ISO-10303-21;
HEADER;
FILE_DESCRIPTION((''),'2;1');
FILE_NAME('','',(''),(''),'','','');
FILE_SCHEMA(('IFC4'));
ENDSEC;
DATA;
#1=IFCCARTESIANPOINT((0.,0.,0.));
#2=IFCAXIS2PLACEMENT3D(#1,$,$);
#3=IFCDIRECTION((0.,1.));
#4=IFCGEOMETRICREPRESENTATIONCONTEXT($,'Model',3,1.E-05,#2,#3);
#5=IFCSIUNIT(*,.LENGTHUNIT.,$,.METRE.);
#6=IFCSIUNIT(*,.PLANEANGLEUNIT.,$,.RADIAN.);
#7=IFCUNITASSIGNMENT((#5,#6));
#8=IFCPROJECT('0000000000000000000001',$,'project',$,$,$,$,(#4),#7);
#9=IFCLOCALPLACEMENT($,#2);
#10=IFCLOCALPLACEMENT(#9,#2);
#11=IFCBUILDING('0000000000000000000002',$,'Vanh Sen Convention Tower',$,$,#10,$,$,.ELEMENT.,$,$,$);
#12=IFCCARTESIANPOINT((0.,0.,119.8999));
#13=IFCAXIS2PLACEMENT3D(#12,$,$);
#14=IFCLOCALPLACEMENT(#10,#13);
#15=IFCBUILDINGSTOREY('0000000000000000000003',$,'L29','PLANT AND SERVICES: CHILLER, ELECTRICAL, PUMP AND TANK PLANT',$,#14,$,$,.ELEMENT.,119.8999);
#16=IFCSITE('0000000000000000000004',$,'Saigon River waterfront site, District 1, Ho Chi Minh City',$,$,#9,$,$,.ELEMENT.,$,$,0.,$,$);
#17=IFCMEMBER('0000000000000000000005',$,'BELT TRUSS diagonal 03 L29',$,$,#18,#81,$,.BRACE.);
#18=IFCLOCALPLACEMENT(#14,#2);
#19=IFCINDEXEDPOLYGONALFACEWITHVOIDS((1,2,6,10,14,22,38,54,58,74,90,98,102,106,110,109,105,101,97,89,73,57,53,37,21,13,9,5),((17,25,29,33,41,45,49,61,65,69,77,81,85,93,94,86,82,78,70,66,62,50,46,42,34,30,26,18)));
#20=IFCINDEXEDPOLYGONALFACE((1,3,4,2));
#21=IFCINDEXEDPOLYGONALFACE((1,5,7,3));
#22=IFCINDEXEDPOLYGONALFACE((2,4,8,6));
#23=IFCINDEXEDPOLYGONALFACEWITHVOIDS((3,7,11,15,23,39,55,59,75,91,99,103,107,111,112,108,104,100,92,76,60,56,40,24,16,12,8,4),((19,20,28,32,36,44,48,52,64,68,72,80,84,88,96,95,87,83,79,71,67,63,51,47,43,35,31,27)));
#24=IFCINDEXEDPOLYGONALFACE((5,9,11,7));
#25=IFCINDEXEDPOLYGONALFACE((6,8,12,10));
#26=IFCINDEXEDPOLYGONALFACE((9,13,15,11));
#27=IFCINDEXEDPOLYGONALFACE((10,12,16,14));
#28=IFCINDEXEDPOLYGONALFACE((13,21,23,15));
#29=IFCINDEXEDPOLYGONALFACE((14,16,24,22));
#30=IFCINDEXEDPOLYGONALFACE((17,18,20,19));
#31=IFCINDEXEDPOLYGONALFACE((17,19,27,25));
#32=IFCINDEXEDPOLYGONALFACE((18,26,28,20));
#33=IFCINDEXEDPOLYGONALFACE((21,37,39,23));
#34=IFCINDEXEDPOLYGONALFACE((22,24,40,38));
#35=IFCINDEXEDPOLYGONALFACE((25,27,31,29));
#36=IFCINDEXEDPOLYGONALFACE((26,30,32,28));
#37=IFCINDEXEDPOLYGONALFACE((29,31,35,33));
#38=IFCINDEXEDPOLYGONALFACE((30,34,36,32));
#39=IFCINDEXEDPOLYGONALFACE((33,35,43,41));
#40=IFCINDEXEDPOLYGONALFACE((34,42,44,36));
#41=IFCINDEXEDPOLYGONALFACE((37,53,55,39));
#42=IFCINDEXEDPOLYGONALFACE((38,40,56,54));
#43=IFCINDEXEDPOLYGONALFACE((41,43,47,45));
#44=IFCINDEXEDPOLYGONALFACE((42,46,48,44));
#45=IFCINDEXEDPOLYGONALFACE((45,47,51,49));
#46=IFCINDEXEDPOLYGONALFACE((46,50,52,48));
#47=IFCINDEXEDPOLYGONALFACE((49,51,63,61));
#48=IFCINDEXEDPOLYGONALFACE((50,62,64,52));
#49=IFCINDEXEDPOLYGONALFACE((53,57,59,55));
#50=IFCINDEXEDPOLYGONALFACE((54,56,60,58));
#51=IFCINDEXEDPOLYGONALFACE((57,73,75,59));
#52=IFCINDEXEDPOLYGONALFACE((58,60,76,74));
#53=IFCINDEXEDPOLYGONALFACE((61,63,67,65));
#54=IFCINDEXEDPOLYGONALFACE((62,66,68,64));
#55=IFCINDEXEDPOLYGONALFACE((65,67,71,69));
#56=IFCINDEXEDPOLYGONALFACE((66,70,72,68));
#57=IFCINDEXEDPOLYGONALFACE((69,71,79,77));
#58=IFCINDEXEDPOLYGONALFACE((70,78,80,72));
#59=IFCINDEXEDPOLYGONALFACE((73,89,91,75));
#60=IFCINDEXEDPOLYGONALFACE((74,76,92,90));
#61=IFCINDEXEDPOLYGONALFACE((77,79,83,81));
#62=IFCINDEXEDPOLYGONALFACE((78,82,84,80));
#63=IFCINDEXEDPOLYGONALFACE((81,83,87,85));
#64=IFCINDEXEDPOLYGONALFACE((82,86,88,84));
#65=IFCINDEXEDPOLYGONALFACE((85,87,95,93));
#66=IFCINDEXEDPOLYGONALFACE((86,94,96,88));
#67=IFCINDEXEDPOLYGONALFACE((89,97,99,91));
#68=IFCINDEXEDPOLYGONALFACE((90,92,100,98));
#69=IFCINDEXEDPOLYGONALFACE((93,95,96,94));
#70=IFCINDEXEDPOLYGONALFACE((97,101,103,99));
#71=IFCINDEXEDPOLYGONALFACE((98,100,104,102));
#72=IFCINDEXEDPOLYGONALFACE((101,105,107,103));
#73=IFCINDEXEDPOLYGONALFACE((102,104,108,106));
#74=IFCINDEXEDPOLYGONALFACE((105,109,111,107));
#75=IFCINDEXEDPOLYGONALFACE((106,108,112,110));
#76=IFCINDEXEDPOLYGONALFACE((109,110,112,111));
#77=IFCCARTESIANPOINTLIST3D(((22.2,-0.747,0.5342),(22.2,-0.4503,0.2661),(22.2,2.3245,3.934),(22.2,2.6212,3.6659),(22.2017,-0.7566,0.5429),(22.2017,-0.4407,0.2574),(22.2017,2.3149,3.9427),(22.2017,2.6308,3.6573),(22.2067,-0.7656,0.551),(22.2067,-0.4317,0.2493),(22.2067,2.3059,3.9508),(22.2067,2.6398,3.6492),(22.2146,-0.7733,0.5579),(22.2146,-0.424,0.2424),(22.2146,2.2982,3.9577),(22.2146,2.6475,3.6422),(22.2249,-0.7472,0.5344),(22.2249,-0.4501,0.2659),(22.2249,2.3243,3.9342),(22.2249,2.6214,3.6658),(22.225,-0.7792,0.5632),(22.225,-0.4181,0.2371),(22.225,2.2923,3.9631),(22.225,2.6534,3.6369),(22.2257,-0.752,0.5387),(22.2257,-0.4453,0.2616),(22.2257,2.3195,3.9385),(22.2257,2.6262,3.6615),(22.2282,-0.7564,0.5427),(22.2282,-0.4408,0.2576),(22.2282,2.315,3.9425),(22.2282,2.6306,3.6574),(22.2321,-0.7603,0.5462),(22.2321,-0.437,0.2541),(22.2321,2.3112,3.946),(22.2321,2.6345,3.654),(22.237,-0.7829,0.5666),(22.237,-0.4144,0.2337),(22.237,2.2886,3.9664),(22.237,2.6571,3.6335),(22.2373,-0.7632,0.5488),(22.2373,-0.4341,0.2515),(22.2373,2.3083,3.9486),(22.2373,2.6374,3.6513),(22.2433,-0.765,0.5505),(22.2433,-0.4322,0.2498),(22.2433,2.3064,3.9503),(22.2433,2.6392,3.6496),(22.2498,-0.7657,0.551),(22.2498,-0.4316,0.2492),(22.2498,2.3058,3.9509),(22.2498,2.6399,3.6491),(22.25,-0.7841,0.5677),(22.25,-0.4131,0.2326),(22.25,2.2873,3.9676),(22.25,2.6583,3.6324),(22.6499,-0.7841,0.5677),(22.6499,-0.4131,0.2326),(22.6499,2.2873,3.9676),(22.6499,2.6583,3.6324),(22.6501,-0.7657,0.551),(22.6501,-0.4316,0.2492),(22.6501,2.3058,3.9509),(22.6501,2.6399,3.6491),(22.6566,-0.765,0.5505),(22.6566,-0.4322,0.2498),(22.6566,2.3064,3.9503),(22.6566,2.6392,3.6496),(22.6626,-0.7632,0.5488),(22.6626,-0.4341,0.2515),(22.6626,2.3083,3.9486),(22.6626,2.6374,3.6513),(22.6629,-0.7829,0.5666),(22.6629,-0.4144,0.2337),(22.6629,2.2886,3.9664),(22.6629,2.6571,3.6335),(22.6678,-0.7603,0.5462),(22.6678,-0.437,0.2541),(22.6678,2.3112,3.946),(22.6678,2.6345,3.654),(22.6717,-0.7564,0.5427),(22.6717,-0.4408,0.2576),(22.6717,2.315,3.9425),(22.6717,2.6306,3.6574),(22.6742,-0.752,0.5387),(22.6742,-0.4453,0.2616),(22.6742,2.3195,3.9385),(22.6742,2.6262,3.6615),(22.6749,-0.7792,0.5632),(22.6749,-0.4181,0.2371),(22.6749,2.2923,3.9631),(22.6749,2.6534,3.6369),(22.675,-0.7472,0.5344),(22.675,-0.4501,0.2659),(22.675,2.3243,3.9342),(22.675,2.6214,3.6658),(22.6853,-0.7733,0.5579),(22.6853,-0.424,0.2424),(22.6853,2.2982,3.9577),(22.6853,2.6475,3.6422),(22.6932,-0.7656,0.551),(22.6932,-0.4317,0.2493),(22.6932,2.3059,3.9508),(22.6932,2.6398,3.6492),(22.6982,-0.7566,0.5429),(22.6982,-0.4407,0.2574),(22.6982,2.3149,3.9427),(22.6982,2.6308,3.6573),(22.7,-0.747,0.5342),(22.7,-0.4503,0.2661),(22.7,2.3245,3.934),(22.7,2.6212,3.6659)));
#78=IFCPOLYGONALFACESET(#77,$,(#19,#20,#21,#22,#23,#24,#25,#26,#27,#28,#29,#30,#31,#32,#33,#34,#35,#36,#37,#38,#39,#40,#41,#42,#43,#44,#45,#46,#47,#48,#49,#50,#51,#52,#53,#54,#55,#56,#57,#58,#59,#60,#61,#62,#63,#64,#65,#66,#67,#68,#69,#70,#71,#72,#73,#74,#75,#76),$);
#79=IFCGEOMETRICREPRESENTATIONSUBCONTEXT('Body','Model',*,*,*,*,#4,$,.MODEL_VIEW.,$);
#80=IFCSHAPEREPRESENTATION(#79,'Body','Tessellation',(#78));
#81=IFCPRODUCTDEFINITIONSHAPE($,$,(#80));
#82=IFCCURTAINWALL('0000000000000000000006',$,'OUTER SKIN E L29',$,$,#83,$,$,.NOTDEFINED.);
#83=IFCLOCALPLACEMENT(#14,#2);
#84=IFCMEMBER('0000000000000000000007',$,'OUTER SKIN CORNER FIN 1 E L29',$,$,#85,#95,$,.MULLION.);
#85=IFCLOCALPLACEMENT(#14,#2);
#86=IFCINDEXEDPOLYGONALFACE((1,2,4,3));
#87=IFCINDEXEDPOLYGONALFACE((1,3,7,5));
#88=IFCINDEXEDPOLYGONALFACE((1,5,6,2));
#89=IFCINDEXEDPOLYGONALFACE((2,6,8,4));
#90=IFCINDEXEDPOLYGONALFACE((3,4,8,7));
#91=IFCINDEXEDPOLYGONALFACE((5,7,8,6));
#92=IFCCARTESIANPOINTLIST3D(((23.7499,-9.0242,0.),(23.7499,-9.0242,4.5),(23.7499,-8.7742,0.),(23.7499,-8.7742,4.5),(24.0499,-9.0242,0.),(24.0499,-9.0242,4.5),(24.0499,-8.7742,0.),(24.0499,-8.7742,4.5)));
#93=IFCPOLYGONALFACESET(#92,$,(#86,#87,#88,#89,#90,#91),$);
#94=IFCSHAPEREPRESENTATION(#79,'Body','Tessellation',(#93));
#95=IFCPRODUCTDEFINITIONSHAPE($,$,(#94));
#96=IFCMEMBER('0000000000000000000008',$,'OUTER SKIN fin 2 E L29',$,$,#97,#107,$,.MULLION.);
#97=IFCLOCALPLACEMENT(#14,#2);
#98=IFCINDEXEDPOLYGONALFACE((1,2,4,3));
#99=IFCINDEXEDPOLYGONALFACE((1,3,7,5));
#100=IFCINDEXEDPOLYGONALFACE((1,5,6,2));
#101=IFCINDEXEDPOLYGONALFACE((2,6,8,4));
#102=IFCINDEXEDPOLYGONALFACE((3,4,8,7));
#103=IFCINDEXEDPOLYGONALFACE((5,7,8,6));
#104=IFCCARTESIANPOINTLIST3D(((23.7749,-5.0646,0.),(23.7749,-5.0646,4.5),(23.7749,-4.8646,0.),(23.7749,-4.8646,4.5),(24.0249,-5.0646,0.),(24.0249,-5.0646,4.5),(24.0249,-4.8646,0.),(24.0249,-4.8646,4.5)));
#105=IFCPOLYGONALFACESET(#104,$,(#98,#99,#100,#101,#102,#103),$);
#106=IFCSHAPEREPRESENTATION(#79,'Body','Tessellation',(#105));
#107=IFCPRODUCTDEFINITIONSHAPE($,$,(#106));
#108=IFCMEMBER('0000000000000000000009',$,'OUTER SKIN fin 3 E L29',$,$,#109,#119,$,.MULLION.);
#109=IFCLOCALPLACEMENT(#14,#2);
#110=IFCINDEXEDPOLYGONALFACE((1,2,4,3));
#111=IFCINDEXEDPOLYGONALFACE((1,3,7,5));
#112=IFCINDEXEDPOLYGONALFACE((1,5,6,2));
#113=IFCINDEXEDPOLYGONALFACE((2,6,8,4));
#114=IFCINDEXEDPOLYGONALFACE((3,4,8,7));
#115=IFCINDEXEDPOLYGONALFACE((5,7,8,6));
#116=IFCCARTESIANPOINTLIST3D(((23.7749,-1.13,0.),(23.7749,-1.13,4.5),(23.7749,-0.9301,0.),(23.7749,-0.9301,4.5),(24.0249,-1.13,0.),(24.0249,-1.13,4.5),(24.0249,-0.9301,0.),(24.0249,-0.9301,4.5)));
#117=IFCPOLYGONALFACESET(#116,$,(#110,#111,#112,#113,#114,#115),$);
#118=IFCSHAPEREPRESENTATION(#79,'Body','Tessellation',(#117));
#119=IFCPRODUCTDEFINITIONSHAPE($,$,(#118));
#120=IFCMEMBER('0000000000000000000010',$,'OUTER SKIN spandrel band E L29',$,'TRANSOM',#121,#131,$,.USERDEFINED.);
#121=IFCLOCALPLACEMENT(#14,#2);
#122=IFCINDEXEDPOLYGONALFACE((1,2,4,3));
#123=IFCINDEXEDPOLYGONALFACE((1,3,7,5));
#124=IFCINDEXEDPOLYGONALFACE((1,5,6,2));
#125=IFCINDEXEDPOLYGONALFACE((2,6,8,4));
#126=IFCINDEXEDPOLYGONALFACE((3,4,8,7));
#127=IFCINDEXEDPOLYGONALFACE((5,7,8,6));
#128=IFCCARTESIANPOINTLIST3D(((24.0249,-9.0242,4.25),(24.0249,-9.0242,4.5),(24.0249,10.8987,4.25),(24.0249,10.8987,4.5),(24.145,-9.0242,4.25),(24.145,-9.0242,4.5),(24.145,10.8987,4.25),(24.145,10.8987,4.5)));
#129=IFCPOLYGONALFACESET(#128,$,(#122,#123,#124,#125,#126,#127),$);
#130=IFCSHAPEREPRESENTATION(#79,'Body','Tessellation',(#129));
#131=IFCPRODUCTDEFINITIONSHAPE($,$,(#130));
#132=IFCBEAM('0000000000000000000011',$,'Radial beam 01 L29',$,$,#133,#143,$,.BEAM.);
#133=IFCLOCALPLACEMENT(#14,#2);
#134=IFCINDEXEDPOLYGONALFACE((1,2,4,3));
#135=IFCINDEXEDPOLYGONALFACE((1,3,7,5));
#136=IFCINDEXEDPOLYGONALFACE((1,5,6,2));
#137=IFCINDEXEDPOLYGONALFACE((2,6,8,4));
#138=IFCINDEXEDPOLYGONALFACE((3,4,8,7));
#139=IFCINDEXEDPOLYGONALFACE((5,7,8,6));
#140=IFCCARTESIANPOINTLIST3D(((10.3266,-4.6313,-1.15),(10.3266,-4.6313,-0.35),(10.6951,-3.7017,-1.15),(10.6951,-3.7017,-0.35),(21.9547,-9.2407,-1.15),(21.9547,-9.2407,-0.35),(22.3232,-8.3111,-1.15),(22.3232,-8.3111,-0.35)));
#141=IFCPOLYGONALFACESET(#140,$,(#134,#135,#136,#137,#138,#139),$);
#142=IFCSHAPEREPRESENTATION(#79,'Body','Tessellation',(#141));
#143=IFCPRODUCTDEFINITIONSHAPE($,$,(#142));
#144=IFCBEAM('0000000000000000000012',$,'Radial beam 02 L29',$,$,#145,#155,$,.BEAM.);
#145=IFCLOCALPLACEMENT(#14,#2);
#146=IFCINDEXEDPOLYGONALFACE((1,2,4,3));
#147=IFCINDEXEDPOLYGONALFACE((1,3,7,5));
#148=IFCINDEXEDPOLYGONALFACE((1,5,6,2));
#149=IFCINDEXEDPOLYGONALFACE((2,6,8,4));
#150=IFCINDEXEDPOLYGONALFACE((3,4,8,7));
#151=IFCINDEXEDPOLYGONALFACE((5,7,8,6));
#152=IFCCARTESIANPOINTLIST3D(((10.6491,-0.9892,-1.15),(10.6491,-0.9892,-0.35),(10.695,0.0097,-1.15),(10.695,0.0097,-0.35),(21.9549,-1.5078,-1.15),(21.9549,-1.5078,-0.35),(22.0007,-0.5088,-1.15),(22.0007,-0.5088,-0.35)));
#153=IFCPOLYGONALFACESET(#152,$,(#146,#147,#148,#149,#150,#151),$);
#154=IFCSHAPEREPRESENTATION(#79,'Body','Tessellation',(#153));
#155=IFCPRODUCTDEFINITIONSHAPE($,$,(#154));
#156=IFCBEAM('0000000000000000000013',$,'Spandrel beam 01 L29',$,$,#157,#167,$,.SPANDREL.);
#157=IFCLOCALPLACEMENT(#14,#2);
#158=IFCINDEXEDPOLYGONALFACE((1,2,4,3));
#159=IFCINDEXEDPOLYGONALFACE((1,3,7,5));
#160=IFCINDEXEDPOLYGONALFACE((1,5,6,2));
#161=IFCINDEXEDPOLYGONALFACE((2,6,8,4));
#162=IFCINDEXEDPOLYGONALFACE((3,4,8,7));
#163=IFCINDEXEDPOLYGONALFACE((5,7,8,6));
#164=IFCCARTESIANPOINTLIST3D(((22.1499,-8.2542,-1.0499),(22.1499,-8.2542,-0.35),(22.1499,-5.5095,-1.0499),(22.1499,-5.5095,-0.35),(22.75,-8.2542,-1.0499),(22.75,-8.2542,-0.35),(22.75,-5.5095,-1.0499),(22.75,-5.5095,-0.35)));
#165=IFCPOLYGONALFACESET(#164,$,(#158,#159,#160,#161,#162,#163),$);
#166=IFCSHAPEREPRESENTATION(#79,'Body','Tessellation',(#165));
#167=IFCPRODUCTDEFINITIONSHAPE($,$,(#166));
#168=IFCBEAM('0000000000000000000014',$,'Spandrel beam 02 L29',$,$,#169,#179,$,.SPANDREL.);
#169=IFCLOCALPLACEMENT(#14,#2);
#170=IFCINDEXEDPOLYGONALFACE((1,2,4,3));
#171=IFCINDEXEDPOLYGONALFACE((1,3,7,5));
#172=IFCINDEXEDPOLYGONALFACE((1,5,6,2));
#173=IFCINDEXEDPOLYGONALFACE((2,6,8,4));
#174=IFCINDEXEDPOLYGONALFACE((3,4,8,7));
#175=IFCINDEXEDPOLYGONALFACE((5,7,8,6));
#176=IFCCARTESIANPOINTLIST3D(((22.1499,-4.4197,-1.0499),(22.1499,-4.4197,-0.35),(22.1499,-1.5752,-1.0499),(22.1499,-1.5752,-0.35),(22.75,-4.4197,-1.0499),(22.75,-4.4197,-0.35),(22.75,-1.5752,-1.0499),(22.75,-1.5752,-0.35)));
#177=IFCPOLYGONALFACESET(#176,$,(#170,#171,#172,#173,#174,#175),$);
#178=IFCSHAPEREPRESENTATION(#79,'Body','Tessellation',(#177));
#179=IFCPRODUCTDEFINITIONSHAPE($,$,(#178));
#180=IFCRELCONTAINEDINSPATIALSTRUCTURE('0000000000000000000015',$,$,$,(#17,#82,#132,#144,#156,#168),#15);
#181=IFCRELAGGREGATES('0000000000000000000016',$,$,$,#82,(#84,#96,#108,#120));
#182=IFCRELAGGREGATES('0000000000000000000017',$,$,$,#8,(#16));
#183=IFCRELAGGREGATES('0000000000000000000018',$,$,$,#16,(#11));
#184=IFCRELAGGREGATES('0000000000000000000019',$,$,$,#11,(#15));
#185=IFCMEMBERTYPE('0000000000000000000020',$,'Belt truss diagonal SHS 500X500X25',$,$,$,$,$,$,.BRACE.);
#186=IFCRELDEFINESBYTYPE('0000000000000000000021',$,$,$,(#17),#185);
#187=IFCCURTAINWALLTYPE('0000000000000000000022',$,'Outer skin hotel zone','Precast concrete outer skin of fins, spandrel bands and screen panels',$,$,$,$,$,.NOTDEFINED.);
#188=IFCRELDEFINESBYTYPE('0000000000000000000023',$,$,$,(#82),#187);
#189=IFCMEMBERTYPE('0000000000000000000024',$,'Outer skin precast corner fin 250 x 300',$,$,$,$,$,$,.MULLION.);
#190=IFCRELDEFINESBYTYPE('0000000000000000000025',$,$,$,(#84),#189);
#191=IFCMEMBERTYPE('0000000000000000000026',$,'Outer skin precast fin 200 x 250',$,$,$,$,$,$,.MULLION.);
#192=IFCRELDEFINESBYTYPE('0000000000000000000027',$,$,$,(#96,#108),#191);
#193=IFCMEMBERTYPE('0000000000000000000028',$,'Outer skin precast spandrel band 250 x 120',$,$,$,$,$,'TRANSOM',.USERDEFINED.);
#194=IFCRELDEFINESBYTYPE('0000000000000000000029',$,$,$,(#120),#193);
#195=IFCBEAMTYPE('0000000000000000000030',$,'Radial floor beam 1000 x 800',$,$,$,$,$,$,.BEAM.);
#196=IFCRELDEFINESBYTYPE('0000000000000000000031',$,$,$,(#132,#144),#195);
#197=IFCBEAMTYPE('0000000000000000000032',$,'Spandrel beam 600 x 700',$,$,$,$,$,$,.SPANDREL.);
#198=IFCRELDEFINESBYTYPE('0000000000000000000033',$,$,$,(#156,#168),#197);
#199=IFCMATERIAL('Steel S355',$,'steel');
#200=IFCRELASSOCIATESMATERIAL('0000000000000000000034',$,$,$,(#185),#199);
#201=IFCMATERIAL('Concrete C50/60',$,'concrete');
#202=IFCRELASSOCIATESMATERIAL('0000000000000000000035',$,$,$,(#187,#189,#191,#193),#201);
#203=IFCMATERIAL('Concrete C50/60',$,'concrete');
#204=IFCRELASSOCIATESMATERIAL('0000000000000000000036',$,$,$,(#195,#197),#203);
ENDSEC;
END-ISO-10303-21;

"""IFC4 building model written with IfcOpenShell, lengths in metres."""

from ifc_helpers import new_model, si_unit, direction, frame, origin, origin_2d, place, context, subcontext, project, spatial, rectangle, hollow_rectangle, extrude, material, material_profile, profile_set, type_object, element, aggregate, save


model = new_model("IFC4")

# Units and contexts
model_context = context("Model", 3, precision=1e-05, world=origin(), true_north=direction((0.0, 1.0)))
body_context = subcontext(model_context, "Body", "Model", "MODEL_VIEW")
ifc_project = project(units=[si_unit("LENGTHUNIT", "METRE"), si_unit("PLANEANGLEUNIT", "RADIAN")], contexts=[model_context])

# Site, building, storey
site_placement = place(None, origin())
site = spatial("IfcSite", under=ifc_project, at=site_placement, Name="Saigon River waterfront site, District 1, Ho Chi Minh City", CompositionType="ELEMENT", RefElevation=0.0)
building_placement = place(site_placement, origin())
building = spatial("IfcBuilding", under=site, at=building_placement, Name="Vanh Sen Convention Tower", CompositionType="ELEMENT")
storey_placement = place(building_placement, frame((0.0, 0.0, 119.8999)))
storey = spatial("IfcBuildingStorey", under=building, at=storey_placement, Name="L29", Description="PLANT AND SERVICES: CHILLER, ELECTRICAL, PUMP AND TANK PLANT", CompositionType="ELEMENT", Elevation=119.8999)

# Member
ifc_material_1 = material(Name="Steel S355", Category="steel")
ifc_material_profile_1 = material_profile(ifc_material_1, hollow_rectangle(XDim=0.5, YDim=0.5, WallThickness=0.0249, InnerFilletRadius=0.0249, OuterFilletRadius=0.05, at=origin_2d()), Name="SHS 500X500X25")
ifc_profile_set_1 = profile_set([ifc_material_profile_1], Name="Steel S355")
member_type_1 = type_object("IfcMemberType", Name="Belt truss diagonal SHS 500X500X25", PredefinedType="BRACE", material=ifc_profile_set_1)
for number, where, z_axis, x_axis, name in (
    (1, (22.45, -0.5986, 0.4001), (0.0, 0.670365, 0.742032), (-1.0, 0.0, 0.0), "BELT TRUSS diagonal 03 L29"),
):
    element("IfcMember", number, at=place(storey_placement, frame(where, z_axis=z_axis, x_axis=x_axis)), inside=storey, type_object=member_type_1, Name=name, PredefinedType="BRACE", context=body_context, shape_type="SweptSolid", body=[
        extrude(hollow_rectangle(XDim=0.5, YDim=0.5, WallThickness=0.0249, InnerFilletRadius=0.0249, OuterFilletRadius=0.05, at=origin_2d()), origin(), (0.0, 0.0, 1.0), 4.5818),
    ])

# Curtain wall, members
ifc_material_2 = material(Name="Concrete C50/60", Category="concrete")
curtain_wall_type = type_object("IfcCurtainWallType", Name="Outer skin hotel zone", Description="Precast concrete outer skin of fins, spandrel bands and screen panels", PredefinedType="NOTDEFINED", material=ifc_material_2)
curtain_wall_1_placement = place(storey_placement, origin())
curtain_wall_1 = element("IfcCurtainWall", 2, at=curtain_wall_1_placement, inside=storey, type_object=curtain_wall_type, Name="OUTER SKIN E L29", PredefinedType="NOTDEFINED")
ifc_material_profile_2 = material_profile(ifc_material_2, rectangle(XDim=0.25, YDim=0.3, at=origin_2d()), Name="Outer skin precast corner fin 250 x 300")
ifc_profile_set_2 = profile_set([ifc_material_profile_2], Name="Concrete C50/60")
member_type_2 = type_object("IfcMemberType", Name="Outer skin precast corner fin 250 x 300", PredefinedType="MULLION", material=ifc_profile_set_2)
member_1_placement = place(storey_placement, frame((23.8999, -8.8992, 0.0), z_axis=(0.0, 0.0, 1.0), x_axis=(0.0, 1.0, 0.0)))
member_1 = element("IfcMember", 3, at=member_1_placement, type_object=member_type_2, Name="OUTER SKIN CORNER FIN 1 E L29", PredefinedType="MULLION", context=body_context, shape_type="SweptSolid", body=[
    extrude(rectangle(XDim=0.25, YDim=0.3, at=origin_2d()), origin(), (0.0, 0.0, 1.0), 4.5),
])
ifc_material_profile_3 = material_profile(ifc_material_2, rectangle(XDim=0.2, YDim=0.25, at=origin_2d()), Name="Outer skin precast fin 200 x 250")
ifc_profile_set_3 = profile_set([ifc_material_profile_3], Name="Concrete C50/60")
member_type_3 = type_object("IfcMemberType", Name="Outer skin precast fin 200 x 250", PredefinedType="MULLION", material=ifc_profile_set_3)
member_2_placement = place(storey_placement, frame((23.8999, -4.9646, 0.0), z_axis=(0.0, 0.0, 1.0), x_axis=(0.0, 1.0, 0.0)))
member_2 = element("IfcMember", 4, at=member_2_placement, type_object=member_type_3, Name="OUTER SKIN fin 2 E L29", PredefinedType="MULLION", context=body_context, shape_type="SweptSolid", body=[
    extrude(rectangle(XDim=0.2, YDim=0.25, at=origin_2d()), origin(), (0.0, 0.0, 1.0), 4.5),
])
member_3_placement = place(storey_placement, frame((23.8999, -1.03, 0.0), z_axis=(0.0, 0.0, 1.0), x_axis=(0.0, 1.0, 0.0)))
member_3 = element("IfcMember", 5, at=member_3_placement, type_object=member_type_3, Name="OUTER SKIN fin 3 E L29", PredefinedType="MULLION", context=body_context, shape_type="SweptSolid", body=[
    extrude(rectangle(XDim=0.2, YDim=0.25, at=origin_2d()), origin(), (0.0, 0.0, 1.0), 4.5),
])
ifc_material_profile_4 = material_profile(ifc_material_2, rectangle(XDim=0.1201, YDim=0.25, at=origin_2d()), Name="Outer skin precast spandrel band 250 x 120")
ifc_profile_set_4 = profile_set([ifc_material_profile_4], Name="Concrete C50/60")
member_type_4 = type_object("IfcMemberType", Name="Outer skin precast spandrel band 250 x 120", ElementType="TRANSOM", PredefinedType="USERDEFINED", material=ifc_profile_set_4)
member_4_placement = place(storey_placement, frame((24.085, -9.0242, 4.375), z_axis=(0.0, 1.0, 0.0), x_axis=(-1.0, 0.0, 0.0)))
member_4 = element("IfcMember", 6, at=member_4_placement, type_object=member_type_4, Name="OUTER SKIN spandrel band E L29", ObjectType="TRANSOM", PredefinedType="USERDEFINED", context=body_context, shape_type="SweptSolid", body=[
    extrude(rectangle(XDim=0.1201, YDim=0.25, at=origin_2d()), origin(), (0.0, 0.0, 1.0), 19.9229),
])

# Beams
ifc_material_3 = material(Name="Concrete C50/60", Category="concrete")
ifc_material_profile_5 = material_profile(ifc_material_3, rectangle(XDim=1.0, YDim=0.8, at=origin_2d()), Name="RC 1000X800")
ifc_profile_set_5 = profile_set([ifc_material_profile_5], Name="Concrete C50/60")
beam_type_1 = type_object("IfcBeamType", Name="Radial floor beam 1000 x 800", PredefinedType="BEAM", material=ifc_profile_set_5)
beam_1_placement = place(storey_placement, frame((22.1389, -8.7759, -0.75), z_axis=(-0.929624, 0.368508, 0.0), x_axis=(-0.368508, -0.929624, 0.0)))
element("IfcBeam", 7, at=beam_1_placement, inside=storey, type_object=beam_type_1, Name="Radial beam 01 L29", PredefinedType="BEAM", context=body_context, shape_type="SweptSolid", body=[
    extrude(rectangle(XDim=1.0, YDim=0.8, at=origin_2d()), origin(), (0.0, 0.0, 1.0), 12.5083),
])
beam_2_placement = place(storey_placement, frame((21.9778, -1.0083, -0.75), z_axis=(-0.99895, 0.045819, 0.0), x_axis=(-0.045819, -0.99895, 0.0)))
element("IfcBeam", 8, at=beam_2_placement, inside=storey, type_object=beam_type_1, Name="Radial beam 02 L29", PredefinedType="BEAM", context=body_context, shape_type="SweptSolid", body=[
    extrude(rectangle(XDim=1.0, YDim=0.8, at=origin_2d()), origin(), (0.0, 0.0, 1.0), 11.3176),
])
ifc_material_profile_6 = material_profile(ifc_material_3, rectangle(XDim=0.6001, YDim=0.7, at=origin_2d()), Name="RC 600X700")
ifc_profile_set_6 = profile_set([ifc_material_profile_6], Name="Concrete C50/60")
beam_type_2 = type_object("IfcBeamType", Name="Spandrel beam 600 x 700", PredefinedType="SPANDREL", material=ifc_profile_set_6)
beam_3_placement = place(storey_placement, frame((22.45, -8.2542, -0.7), z_axis=(0.0, 1.0, 0.0), x_axis=(-1.0, 0.0, 0.0)))
element("IfcBeam", 9, at=beam_3_placement, inside=storey, type_object=beam_type_2, Name="Spandrel beam 01 L29", PredefinedType="SPANDREL", context=body_context, shape_type="SweptSolid", body=[
    extrude(rectangle(XDim=0.6001, YDim=0.7, at=origin_2d()), origin(), (0.0, 0.0, 1.0), 2.7446),
])
beam_4_placement = place(storey_placement, frame((22.45, -4.4197, -0.7), z_axis=(0.0, 1.0, 0.0), x_axis=(-1.0, 0.0, 0.0)))
element("IfcBeam", 10, at=beam_4_placement, inside=storey, type_object=beam_type_2, Name="Spandrel beam 02 L29", PredefinedType="SPANDREL", context=body_context, shape_type="SweptSolid", body=[
    extrude(rectangle(XDim=0.6001, YDim=0.7, at=origin_2d()), origin(), (0.0, 0.0, 1.0), 2.8445),
])

aggregate(curtain_wall_1, [member_1, member_2, member_3, member_4])

save(model, "model.ifc")
